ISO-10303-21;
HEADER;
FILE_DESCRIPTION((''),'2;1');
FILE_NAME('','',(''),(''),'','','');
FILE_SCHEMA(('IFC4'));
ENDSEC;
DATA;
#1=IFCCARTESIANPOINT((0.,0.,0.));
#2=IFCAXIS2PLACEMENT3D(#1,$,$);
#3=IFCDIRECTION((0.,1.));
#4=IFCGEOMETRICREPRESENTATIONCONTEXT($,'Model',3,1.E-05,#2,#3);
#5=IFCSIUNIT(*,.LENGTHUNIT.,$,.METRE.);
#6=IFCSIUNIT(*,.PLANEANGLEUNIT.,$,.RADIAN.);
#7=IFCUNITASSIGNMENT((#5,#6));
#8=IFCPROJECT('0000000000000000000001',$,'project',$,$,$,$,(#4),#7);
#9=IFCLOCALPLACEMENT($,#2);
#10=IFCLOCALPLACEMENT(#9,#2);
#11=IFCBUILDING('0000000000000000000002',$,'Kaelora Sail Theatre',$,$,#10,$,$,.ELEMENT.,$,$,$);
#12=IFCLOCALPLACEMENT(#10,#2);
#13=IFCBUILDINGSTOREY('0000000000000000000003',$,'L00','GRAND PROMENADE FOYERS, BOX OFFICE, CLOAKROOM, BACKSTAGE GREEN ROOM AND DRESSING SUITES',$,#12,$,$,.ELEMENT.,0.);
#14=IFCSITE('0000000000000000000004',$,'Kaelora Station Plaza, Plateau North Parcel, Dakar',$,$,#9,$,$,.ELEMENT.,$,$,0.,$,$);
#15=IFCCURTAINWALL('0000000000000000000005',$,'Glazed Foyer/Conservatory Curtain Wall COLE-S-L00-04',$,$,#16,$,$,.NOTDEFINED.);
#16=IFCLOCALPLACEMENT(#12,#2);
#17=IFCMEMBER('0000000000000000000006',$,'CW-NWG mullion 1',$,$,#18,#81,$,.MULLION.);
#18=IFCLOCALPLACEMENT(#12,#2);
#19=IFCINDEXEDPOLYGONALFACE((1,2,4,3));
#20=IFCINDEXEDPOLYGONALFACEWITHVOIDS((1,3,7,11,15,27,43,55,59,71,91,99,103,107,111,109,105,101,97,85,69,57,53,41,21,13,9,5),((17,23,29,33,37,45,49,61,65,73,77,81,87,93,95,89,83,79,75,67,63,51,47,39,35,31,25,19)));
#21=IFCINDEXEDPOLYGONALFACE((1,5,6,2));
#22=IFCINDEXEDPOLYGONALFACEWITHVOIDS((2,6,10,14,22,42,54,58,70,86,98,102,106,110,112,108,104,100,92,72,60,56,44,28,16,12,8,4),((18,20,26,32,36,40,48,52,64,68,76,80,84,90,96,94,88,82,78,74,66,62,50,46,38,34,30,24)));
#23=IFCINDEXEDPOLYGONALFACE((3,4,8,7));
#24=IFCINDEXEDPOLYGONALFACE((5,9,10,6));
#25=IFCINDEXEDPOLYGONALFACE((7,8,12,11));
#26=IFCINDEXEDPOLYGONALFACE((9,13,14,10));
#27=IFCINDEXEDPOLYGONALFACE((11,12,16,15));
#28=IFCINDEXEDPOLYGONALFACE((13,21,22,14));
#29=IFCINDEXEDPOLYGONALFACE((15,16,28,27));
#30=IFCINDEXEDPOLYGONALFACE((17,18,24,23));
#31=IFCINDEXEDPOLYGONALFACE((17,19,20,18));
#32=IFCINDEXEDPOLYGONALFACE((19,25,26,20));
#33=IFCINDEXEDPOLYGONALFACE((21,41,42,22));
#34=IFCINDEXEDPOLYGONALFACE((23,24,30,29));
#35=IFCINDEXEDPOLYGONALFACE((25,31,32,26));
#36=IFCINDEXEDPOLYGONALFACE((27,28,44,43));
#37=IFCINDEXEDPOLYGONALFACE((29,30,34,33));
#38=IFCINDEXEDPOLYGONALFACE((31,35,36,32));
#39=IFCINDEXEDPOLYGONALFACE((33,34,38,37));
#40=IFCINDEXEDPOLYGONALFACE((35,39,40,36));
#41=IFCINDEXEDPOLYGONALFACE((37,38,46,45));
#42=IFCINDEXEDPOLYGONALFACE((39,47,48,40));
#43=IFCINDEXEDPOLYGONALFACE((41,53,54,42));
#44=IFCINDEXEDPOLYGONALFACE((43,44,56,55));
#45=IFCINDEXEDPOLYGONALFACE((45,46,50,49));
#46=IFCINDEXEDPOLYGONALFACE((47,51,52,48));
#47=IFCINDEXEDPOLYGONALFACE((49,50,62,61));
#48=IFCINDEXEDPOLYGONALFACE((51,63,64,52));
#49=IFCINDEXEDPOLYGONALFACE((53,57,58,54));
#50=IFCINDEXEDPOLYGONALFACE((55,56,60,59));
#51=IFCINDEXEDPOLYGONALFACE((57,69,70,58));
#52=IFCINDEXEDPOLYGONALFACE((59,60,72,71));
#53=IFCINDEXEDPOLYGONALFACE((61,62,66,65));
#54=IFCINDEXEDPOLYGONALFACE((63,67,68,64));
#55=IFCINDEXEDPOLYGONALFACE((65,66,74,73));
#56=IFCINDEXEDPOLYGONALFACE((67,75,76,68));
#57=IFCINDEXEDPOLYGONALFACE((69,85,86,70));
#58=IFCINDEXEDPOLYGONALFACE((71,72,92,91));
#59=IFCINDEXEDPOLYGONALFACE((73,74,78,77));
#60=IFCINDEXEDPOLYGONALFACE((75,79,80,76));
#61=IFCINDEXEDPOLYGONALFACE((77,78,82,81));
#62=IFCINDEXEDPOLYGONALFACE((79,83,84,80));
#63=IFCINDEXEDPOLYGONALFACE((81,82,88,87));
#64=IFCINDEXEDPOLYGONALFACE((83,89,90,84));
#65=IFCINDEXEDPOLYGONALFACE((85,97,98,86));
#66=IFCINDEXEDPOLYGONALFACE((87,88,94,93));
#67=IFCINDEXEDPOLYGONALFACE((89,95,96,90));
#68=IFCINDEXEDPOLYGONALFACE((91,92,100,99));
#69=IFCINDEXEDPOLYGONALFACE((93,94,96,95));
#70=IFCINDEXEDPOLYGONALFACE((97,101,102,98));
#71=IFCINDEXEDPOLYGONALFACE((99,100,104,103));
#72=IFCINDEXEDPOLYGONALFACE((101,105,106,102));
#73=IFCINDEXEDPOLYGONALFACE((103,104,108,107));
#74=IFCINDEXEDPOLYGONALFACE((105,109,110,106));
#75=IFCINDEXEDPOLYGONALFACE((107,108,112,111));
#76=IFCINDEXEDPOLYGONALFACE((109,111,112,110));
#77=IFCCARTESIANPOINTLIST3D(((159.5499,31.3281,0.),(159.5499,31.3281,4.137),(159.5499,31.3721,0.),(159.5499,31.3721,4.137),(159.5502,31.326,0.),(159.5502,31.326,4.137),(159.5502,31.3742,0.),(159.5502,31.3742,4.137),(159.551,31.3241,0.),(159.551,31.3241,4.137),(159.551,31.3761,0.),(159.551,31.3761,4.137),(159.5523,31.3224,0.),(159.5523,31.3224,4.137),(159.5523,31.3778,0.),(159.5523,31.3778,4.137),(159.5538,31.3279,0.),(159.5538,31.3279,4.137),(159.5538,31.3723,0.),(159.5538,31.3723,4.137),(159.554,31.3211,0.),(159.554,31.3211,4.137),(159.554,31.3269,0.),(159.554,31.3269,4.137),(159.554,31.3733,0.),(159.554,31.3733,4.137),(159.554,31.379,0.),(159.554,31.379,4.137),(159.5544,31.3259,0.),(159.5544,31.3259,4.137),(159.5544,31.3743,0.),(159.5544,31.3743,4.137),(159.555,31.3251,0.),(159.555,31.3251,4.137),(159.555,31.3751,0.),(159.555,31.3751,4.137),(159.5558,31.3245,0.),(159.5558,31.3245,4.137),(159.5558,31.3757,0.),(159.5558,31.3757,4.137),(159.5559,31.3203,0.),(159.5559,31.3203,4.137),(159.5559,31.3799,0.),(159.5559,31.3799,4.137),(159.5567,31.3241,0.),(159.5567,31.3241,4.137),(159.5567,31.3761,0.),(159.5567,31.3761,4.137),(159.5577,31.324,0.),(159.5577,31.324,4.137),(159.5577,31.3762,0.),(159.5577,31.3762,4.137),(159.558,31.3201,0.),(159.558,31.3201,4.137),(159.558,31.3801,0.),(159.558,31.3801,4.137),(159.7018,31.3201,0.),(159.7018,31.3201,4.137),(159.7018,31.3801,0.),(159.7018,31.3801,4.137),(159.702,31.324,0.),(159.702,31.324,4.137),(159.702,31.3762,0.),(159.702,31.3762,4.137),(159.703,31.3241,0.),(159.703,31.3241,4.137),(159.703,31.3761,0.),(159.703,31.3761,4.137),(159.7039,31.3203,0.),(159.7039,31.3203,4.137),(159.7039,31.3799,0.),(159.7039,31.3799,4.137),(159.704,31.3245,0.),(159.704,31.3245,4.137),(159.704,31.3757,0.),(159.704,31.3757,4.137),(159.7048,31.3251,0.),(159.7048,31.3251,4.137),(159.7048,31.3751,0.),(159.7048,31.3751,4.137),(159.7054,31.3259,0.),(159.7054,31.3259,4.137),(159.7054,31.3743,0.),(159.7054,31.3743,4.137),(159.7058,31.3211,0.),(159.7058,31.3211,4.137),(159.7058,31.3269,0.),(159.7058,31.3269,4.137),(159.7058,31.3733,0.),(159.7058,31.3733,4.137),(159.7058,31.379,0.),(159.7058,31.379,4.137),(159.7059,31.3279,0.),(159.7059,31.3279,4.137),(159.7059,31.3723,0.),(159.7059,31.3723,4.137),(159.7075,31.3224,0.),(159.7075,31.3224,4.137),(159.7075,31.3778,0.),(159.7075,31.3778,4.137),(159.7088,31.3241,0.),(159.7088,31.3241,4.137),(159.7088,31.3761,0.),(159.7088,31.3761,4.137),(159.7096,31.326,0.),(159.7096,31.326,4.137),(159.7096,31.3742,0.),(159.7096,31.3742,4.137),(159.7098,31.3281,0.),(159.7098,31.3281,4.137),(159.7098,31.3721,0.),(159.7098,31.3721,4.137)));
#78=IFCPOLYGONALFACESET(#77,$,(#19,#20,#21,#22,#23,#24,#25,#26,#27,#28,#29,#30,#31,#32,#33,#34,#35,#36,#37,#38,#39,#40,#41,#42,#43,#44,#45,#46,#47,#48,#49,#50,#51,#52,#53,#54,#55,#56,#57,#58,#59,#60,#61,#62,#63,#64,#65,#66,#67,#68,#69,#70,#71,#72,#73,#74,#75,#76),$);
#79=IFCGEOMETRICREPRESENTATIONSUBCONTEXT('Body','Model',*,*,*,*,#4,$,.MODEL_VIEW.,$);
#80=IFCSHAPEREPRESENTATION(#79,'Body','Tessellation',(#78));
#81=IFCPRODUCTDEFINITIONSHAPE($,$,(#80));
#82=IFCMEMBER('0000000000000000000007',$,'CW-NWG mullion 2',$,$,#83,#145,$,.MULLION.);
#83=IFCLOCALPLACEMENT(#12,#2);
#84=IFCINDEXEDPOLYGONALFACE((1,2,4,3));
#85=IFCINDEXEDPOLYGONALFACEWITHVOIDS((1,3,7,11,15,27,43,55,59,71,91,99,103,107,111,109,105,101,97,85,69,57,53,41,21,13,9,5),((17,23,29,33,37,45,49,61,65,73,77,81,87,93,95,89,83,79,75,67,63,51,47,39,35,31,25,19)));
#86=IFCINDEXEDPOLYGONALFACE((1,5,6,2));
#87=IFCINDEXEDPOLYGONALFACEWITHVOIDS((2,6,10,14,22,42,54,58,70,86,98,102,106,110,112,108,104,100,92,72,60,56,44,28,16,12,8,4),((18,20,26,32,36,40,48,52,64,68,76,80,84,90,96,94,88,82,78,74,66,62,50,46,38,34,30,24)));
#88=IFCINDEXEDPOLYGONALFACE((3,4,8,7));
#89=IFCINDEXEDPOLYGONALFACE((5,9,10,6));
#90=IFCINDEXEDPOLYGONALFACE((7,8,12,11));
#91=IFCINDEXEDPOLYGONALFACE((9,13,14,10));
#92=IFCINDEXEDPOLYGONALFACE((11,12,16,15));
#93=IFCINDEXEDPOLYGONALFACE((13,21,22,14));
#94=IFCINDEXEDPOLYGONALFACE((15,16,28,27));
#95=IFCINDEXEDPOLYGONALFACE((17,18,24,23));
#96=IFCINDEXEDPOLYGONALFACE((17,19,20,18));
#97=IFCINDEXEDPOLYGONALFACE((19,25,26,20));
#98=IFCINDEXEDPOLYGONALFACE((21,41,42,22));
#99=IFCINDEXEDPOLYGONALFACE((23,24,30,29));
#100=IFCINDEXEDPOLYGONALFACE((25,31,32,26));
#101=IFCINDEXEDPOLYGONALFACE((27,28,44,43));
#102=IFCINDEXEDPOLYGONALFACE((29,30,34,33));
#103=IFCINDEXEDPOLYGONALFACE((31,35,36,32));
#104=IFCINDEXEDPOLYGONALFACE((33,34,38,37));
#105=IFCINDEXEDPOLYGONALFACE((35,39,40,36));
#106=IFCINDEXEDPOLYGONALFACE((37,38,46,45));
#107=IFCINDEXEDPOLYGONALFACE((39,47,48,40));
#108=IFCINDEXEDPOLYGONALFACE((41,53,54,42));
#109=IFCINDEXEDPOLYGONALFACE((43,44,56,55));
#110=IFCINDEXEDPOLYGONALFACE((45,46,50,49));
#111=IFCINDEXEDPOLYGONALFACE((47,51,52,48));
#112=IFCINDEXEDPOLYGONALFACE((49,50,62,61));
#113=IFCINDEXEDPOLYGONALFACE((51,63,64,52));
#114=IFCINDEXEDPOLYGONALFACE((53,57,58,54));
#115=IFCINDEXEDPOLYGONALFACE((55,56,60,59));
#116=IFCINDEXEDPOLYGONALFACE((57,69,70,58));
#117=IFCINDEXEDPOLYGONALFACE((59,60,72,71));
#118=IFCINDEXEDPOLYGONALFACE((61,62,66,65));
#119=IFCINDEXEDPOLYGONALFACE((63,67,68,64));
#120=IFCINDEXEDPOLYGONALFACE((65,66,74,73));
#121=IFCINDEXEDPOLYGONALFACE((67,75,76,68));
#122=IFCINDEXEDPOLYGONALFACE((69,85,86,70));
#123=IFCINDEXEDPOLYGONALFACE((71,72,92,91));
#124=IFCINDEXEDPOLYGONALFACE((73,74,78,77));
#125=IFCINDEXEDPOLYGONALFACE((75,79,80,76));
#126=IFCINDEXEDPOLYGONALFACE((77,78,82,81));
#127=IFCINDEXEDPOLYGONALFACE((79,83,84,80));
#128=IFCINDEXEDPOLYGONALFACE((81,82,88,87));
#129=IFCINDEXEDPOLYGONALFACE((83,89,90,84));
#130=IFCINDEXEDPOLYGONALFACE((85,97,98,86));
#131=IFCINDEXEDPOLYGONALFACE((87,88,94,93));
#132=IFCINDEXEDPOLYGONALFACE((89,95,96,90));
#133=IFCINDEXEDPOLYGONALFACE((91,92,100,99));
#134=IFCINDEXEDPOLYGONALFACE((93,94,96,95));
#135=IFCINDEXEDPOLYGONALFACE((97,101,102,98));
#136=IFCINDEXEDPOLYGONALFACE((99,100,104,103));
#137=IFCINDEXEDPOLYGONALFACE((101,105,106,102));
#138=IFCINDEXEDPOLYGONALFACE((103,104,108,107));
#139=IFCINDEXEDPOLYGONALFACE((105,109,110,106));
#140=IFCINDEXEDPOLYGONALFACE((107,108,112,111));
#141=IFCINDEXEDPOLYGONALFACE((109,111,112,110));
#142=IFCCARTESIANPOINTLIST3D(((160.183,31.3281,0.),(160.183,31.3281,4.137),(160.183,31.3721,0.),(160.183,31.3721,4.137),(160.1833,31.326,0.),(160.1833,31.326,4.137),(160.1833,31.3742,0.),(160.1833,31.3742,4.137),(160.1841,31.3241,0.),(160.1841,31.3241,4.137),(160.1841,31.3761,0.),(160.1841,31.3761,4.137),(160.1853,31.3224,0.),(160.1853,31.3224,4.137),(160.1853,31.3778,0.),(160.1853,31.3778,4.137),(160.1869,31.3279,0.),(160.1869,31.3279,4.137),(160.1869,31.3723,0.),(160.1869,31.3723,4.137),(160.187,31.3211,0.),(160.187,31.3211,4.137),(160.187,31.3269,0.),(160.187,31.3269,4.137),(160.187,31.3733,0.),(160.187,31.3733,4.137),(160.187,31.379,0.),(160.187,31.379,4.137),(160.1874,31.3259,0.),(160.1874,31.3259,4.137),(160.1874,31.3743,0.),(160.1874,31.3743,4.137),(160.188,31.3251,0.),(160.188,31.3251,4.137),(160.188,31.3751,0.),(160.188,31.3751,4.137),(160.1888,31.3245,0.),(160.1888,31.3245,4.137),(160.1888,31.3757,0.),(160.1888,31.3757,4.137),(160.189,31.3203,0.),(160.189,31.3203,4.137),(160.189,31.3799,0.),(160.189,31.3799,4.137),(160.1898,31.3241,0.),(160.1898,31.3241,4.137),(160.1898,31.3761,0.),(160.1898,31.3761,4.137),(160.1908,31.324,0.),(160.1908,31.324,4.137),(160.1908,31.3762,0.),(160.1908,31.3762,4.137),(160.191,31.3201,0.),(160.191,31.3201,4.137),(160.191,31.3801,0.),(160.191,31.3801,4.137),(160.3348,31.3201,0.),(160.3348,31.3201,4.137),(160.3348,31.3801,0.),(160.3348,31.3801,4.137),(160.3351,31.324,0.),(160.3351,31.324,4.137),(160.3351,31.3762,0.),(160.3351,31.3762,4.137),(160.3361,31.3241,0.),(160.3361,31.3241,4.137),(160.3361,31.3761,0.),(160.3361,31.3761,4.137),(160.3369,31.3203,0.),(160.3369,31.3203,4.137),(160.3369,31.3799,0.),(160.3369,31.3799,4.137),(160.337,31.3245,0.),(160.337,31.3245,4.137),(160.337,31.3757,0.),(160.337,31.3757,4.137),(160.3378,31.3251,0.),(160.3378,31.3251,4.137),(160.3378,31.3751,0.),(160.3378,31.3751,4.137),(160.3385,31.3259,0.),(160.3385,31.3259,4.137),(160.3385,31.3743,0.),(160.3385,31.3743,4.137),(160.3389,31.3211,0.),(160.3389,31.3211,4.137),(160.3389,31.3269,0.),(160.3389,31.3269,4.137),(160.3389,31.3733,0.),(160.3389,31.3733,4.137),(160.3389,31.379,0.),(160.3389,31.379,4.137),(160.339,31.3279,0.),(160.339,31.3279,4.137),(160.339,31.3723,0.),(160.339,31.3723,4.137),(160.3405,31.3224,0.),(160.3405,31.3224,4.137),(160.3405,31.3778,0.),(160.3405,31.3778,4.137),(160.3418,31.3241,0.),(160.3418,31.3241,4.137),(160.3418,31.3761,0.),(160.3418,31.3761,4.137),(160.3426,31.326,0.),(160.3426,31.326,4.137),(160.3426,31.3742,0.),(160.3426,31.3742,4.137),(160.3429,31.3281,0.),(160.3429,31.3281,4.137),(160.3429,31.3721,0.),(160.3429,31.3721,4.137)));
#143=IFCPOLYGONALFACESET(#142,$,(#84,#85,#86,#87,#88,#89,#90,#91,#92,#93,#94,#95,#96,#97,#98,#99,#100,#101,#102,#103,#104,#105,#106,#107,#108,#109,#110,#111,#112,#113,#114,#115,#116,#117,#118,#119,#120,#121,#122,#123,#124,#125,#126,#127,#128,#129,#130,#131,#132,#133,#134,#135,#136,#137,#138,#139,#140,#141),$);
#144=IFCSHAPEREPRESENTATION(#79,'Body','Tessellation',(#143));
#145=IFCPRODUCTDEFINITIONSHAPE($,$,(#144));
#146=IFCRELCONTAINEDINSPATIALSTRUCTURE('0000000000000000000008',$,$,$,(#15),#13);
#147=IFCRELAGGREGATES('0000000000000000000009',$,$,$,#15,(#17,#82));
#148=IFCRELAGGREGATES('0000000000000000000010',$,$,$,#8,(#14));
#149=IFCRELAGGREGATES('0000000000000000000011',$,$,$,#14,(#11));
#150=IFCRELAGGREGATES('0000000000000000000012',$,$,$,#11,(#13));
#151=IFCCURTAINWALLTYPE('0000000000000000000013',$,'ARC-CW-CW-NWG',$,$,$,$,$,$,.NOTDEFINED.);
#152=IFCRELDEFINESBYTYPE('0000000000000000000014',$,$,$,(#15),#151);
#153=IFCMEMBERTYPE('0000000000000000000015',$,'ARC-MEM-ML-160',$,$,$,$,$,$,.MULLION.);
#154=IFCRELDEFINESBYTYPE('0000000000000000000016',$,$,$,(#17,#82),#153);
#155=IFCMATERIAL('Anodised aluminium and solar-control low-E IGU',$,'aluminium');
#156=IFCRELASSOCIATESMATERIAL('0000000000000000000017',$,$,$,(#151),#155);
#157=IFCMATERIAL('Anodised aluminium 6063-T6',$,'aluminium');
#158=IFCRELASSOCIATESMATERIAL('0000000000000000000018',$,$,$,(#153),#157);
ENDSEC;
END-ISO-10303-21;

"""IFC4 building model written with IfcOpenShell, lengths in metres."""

from ifc_helpers import new_model, si_unit, direction, frame, origin, origin_2d, place, context, subcontext, project, spatial, hollow_rectangle, extrude, material, material_profile, profile_set, type_object, element, aggregate, save


model = new_model("IFC4")

# Units and contexts
model_context = context("Model", 3, precision=1e-05, world=origin(), true_north=direction((0.0, 1.0)))
body_context = subcontext(model_context, "Body", "Model", "MODEL_VIEW")
ifc_project = project(units=[si_unit("LENGTHUNIT", "METRE"), si_unit("PLANEANGLEUNIT", "RADIAN")], contexts=[model_context])

# Site, building, storey
site_placement = place(None, origin())
site = spatial("IfcSite", under=ifc_project, at=site_placement, Name="Kaelora Station Plaza, Plateau North Parcel, Dakar", CompositionType="ELEMENT", RefElevation=0.0)
building_placement = place(site_placement, origin())
building = spatial("IfcBuilding", under=site, at=building_placement, Name="Kaelora Sail Theatre", CompositionType="ELEMENT")
storey_placement = place(building_placement, origin())
storey = spatial("IfcBuildingStorey", under=building, at=storey_placement, Name="L00", Description="GRAND PROMENADE FOYERS, BOX OFFICE, CLOAKROOM, BACKSTAGE GREEN ROOM AND DRESSING SUITES", CompositionType="ELEMENT", Elevation=0.0)

# Curtain wall, members
ifc_material_1 = material(Name="Anodised aluminium and solar-control low-E IGU", Category="aluminium")
curtain_wall_type = type_object("IfcCurtainWallType", Name="ARC-CW-CW-NWG", PredefinedType="NOTDEFINED", material=ifc_material_1)
ifc_material_2 = material(Name="Anodised aluminium 6063-T6", Category="aluminium")
ifc_material_profile_1 = material_profile(ifc_material_2, hollow_rectangle(XDim=0.0601, YDim=0.1599, WallThickness=0.0039, InnerFilletRadius=0.0039, OuterFilletRadius=0.0081, at=origin_2d()), Name="ALU-MULL 60x160x4")
ifc_profile_set_1 = profile_set([ifc_material_profile_1], Name="Anodised aluminium 6063-T6")
member_type_1 = type_object("IfcMemberType", Name="ARC-MEM-ML-160", PredefinedType="MULLION", material=ifc_profile_set_1)
curtain_wall_1_placement = place(storey_placement, origin())
curtain_wall_1 = element("IfcCurtainWall", 1, at=curtain_wall_1_placement, inside=storey, type_object=curtain_wall_type, Name="Glazed Foyer/Conservatory Curtain Wall COLE-S-L00-04", PredefinedType="NOTDEFINED")
member_1_placement = place(storey_placement, frame((159.6299, 31.3501, 0.0), z_axis=(0.0, 0.0, 1.0), x_axis=(0.0, 1.0, 0.0)))
member_1 = element("IfcMember", 2, at=member_1_placement, type_object=member_type_1, Name="CW-NWG mullion 1", PredefinedType="MULLION", context=body_context, shape_type="SweptSolid", body=[
    extrude(hollow_rectangle(XDim=0.0601, YDim=0.1599, WallThickness=0.0039, InnerFilletRadius=0.0039, OuterFilletRadius=0.0081, at=origin_2d()), origin(), (0.0, 0.0, 1.0), 4.137),
])
member_2_placement = place(storey_placement, frame((160.2629, 31.3501, 0.0), z_axis=(0.0, 0.0, 1.0), x_axis=(0.0, 1.0, 0.0)))
member_2 = element("IfcMember", 3, at=member_2_placement, type_object=member_type_1, Name="CW-NWG mullion 2", PredefinedType="MULLION", context=body_context, shape_type="SweptSolid", body=[
    extrude(hollow_rectangle(XDim=0.0601, YDim=0.1599, WallThickness=0.0039, InnerFilletRadius=0.0039, OuterFilletRadius=0.0081, at=origin_2d()), origin(), (0.0, 0.0, 1.0), 4.137),
])

aggregate(curtain_wall_1, [member_1, member_2])

save(model, "model.ifc")
